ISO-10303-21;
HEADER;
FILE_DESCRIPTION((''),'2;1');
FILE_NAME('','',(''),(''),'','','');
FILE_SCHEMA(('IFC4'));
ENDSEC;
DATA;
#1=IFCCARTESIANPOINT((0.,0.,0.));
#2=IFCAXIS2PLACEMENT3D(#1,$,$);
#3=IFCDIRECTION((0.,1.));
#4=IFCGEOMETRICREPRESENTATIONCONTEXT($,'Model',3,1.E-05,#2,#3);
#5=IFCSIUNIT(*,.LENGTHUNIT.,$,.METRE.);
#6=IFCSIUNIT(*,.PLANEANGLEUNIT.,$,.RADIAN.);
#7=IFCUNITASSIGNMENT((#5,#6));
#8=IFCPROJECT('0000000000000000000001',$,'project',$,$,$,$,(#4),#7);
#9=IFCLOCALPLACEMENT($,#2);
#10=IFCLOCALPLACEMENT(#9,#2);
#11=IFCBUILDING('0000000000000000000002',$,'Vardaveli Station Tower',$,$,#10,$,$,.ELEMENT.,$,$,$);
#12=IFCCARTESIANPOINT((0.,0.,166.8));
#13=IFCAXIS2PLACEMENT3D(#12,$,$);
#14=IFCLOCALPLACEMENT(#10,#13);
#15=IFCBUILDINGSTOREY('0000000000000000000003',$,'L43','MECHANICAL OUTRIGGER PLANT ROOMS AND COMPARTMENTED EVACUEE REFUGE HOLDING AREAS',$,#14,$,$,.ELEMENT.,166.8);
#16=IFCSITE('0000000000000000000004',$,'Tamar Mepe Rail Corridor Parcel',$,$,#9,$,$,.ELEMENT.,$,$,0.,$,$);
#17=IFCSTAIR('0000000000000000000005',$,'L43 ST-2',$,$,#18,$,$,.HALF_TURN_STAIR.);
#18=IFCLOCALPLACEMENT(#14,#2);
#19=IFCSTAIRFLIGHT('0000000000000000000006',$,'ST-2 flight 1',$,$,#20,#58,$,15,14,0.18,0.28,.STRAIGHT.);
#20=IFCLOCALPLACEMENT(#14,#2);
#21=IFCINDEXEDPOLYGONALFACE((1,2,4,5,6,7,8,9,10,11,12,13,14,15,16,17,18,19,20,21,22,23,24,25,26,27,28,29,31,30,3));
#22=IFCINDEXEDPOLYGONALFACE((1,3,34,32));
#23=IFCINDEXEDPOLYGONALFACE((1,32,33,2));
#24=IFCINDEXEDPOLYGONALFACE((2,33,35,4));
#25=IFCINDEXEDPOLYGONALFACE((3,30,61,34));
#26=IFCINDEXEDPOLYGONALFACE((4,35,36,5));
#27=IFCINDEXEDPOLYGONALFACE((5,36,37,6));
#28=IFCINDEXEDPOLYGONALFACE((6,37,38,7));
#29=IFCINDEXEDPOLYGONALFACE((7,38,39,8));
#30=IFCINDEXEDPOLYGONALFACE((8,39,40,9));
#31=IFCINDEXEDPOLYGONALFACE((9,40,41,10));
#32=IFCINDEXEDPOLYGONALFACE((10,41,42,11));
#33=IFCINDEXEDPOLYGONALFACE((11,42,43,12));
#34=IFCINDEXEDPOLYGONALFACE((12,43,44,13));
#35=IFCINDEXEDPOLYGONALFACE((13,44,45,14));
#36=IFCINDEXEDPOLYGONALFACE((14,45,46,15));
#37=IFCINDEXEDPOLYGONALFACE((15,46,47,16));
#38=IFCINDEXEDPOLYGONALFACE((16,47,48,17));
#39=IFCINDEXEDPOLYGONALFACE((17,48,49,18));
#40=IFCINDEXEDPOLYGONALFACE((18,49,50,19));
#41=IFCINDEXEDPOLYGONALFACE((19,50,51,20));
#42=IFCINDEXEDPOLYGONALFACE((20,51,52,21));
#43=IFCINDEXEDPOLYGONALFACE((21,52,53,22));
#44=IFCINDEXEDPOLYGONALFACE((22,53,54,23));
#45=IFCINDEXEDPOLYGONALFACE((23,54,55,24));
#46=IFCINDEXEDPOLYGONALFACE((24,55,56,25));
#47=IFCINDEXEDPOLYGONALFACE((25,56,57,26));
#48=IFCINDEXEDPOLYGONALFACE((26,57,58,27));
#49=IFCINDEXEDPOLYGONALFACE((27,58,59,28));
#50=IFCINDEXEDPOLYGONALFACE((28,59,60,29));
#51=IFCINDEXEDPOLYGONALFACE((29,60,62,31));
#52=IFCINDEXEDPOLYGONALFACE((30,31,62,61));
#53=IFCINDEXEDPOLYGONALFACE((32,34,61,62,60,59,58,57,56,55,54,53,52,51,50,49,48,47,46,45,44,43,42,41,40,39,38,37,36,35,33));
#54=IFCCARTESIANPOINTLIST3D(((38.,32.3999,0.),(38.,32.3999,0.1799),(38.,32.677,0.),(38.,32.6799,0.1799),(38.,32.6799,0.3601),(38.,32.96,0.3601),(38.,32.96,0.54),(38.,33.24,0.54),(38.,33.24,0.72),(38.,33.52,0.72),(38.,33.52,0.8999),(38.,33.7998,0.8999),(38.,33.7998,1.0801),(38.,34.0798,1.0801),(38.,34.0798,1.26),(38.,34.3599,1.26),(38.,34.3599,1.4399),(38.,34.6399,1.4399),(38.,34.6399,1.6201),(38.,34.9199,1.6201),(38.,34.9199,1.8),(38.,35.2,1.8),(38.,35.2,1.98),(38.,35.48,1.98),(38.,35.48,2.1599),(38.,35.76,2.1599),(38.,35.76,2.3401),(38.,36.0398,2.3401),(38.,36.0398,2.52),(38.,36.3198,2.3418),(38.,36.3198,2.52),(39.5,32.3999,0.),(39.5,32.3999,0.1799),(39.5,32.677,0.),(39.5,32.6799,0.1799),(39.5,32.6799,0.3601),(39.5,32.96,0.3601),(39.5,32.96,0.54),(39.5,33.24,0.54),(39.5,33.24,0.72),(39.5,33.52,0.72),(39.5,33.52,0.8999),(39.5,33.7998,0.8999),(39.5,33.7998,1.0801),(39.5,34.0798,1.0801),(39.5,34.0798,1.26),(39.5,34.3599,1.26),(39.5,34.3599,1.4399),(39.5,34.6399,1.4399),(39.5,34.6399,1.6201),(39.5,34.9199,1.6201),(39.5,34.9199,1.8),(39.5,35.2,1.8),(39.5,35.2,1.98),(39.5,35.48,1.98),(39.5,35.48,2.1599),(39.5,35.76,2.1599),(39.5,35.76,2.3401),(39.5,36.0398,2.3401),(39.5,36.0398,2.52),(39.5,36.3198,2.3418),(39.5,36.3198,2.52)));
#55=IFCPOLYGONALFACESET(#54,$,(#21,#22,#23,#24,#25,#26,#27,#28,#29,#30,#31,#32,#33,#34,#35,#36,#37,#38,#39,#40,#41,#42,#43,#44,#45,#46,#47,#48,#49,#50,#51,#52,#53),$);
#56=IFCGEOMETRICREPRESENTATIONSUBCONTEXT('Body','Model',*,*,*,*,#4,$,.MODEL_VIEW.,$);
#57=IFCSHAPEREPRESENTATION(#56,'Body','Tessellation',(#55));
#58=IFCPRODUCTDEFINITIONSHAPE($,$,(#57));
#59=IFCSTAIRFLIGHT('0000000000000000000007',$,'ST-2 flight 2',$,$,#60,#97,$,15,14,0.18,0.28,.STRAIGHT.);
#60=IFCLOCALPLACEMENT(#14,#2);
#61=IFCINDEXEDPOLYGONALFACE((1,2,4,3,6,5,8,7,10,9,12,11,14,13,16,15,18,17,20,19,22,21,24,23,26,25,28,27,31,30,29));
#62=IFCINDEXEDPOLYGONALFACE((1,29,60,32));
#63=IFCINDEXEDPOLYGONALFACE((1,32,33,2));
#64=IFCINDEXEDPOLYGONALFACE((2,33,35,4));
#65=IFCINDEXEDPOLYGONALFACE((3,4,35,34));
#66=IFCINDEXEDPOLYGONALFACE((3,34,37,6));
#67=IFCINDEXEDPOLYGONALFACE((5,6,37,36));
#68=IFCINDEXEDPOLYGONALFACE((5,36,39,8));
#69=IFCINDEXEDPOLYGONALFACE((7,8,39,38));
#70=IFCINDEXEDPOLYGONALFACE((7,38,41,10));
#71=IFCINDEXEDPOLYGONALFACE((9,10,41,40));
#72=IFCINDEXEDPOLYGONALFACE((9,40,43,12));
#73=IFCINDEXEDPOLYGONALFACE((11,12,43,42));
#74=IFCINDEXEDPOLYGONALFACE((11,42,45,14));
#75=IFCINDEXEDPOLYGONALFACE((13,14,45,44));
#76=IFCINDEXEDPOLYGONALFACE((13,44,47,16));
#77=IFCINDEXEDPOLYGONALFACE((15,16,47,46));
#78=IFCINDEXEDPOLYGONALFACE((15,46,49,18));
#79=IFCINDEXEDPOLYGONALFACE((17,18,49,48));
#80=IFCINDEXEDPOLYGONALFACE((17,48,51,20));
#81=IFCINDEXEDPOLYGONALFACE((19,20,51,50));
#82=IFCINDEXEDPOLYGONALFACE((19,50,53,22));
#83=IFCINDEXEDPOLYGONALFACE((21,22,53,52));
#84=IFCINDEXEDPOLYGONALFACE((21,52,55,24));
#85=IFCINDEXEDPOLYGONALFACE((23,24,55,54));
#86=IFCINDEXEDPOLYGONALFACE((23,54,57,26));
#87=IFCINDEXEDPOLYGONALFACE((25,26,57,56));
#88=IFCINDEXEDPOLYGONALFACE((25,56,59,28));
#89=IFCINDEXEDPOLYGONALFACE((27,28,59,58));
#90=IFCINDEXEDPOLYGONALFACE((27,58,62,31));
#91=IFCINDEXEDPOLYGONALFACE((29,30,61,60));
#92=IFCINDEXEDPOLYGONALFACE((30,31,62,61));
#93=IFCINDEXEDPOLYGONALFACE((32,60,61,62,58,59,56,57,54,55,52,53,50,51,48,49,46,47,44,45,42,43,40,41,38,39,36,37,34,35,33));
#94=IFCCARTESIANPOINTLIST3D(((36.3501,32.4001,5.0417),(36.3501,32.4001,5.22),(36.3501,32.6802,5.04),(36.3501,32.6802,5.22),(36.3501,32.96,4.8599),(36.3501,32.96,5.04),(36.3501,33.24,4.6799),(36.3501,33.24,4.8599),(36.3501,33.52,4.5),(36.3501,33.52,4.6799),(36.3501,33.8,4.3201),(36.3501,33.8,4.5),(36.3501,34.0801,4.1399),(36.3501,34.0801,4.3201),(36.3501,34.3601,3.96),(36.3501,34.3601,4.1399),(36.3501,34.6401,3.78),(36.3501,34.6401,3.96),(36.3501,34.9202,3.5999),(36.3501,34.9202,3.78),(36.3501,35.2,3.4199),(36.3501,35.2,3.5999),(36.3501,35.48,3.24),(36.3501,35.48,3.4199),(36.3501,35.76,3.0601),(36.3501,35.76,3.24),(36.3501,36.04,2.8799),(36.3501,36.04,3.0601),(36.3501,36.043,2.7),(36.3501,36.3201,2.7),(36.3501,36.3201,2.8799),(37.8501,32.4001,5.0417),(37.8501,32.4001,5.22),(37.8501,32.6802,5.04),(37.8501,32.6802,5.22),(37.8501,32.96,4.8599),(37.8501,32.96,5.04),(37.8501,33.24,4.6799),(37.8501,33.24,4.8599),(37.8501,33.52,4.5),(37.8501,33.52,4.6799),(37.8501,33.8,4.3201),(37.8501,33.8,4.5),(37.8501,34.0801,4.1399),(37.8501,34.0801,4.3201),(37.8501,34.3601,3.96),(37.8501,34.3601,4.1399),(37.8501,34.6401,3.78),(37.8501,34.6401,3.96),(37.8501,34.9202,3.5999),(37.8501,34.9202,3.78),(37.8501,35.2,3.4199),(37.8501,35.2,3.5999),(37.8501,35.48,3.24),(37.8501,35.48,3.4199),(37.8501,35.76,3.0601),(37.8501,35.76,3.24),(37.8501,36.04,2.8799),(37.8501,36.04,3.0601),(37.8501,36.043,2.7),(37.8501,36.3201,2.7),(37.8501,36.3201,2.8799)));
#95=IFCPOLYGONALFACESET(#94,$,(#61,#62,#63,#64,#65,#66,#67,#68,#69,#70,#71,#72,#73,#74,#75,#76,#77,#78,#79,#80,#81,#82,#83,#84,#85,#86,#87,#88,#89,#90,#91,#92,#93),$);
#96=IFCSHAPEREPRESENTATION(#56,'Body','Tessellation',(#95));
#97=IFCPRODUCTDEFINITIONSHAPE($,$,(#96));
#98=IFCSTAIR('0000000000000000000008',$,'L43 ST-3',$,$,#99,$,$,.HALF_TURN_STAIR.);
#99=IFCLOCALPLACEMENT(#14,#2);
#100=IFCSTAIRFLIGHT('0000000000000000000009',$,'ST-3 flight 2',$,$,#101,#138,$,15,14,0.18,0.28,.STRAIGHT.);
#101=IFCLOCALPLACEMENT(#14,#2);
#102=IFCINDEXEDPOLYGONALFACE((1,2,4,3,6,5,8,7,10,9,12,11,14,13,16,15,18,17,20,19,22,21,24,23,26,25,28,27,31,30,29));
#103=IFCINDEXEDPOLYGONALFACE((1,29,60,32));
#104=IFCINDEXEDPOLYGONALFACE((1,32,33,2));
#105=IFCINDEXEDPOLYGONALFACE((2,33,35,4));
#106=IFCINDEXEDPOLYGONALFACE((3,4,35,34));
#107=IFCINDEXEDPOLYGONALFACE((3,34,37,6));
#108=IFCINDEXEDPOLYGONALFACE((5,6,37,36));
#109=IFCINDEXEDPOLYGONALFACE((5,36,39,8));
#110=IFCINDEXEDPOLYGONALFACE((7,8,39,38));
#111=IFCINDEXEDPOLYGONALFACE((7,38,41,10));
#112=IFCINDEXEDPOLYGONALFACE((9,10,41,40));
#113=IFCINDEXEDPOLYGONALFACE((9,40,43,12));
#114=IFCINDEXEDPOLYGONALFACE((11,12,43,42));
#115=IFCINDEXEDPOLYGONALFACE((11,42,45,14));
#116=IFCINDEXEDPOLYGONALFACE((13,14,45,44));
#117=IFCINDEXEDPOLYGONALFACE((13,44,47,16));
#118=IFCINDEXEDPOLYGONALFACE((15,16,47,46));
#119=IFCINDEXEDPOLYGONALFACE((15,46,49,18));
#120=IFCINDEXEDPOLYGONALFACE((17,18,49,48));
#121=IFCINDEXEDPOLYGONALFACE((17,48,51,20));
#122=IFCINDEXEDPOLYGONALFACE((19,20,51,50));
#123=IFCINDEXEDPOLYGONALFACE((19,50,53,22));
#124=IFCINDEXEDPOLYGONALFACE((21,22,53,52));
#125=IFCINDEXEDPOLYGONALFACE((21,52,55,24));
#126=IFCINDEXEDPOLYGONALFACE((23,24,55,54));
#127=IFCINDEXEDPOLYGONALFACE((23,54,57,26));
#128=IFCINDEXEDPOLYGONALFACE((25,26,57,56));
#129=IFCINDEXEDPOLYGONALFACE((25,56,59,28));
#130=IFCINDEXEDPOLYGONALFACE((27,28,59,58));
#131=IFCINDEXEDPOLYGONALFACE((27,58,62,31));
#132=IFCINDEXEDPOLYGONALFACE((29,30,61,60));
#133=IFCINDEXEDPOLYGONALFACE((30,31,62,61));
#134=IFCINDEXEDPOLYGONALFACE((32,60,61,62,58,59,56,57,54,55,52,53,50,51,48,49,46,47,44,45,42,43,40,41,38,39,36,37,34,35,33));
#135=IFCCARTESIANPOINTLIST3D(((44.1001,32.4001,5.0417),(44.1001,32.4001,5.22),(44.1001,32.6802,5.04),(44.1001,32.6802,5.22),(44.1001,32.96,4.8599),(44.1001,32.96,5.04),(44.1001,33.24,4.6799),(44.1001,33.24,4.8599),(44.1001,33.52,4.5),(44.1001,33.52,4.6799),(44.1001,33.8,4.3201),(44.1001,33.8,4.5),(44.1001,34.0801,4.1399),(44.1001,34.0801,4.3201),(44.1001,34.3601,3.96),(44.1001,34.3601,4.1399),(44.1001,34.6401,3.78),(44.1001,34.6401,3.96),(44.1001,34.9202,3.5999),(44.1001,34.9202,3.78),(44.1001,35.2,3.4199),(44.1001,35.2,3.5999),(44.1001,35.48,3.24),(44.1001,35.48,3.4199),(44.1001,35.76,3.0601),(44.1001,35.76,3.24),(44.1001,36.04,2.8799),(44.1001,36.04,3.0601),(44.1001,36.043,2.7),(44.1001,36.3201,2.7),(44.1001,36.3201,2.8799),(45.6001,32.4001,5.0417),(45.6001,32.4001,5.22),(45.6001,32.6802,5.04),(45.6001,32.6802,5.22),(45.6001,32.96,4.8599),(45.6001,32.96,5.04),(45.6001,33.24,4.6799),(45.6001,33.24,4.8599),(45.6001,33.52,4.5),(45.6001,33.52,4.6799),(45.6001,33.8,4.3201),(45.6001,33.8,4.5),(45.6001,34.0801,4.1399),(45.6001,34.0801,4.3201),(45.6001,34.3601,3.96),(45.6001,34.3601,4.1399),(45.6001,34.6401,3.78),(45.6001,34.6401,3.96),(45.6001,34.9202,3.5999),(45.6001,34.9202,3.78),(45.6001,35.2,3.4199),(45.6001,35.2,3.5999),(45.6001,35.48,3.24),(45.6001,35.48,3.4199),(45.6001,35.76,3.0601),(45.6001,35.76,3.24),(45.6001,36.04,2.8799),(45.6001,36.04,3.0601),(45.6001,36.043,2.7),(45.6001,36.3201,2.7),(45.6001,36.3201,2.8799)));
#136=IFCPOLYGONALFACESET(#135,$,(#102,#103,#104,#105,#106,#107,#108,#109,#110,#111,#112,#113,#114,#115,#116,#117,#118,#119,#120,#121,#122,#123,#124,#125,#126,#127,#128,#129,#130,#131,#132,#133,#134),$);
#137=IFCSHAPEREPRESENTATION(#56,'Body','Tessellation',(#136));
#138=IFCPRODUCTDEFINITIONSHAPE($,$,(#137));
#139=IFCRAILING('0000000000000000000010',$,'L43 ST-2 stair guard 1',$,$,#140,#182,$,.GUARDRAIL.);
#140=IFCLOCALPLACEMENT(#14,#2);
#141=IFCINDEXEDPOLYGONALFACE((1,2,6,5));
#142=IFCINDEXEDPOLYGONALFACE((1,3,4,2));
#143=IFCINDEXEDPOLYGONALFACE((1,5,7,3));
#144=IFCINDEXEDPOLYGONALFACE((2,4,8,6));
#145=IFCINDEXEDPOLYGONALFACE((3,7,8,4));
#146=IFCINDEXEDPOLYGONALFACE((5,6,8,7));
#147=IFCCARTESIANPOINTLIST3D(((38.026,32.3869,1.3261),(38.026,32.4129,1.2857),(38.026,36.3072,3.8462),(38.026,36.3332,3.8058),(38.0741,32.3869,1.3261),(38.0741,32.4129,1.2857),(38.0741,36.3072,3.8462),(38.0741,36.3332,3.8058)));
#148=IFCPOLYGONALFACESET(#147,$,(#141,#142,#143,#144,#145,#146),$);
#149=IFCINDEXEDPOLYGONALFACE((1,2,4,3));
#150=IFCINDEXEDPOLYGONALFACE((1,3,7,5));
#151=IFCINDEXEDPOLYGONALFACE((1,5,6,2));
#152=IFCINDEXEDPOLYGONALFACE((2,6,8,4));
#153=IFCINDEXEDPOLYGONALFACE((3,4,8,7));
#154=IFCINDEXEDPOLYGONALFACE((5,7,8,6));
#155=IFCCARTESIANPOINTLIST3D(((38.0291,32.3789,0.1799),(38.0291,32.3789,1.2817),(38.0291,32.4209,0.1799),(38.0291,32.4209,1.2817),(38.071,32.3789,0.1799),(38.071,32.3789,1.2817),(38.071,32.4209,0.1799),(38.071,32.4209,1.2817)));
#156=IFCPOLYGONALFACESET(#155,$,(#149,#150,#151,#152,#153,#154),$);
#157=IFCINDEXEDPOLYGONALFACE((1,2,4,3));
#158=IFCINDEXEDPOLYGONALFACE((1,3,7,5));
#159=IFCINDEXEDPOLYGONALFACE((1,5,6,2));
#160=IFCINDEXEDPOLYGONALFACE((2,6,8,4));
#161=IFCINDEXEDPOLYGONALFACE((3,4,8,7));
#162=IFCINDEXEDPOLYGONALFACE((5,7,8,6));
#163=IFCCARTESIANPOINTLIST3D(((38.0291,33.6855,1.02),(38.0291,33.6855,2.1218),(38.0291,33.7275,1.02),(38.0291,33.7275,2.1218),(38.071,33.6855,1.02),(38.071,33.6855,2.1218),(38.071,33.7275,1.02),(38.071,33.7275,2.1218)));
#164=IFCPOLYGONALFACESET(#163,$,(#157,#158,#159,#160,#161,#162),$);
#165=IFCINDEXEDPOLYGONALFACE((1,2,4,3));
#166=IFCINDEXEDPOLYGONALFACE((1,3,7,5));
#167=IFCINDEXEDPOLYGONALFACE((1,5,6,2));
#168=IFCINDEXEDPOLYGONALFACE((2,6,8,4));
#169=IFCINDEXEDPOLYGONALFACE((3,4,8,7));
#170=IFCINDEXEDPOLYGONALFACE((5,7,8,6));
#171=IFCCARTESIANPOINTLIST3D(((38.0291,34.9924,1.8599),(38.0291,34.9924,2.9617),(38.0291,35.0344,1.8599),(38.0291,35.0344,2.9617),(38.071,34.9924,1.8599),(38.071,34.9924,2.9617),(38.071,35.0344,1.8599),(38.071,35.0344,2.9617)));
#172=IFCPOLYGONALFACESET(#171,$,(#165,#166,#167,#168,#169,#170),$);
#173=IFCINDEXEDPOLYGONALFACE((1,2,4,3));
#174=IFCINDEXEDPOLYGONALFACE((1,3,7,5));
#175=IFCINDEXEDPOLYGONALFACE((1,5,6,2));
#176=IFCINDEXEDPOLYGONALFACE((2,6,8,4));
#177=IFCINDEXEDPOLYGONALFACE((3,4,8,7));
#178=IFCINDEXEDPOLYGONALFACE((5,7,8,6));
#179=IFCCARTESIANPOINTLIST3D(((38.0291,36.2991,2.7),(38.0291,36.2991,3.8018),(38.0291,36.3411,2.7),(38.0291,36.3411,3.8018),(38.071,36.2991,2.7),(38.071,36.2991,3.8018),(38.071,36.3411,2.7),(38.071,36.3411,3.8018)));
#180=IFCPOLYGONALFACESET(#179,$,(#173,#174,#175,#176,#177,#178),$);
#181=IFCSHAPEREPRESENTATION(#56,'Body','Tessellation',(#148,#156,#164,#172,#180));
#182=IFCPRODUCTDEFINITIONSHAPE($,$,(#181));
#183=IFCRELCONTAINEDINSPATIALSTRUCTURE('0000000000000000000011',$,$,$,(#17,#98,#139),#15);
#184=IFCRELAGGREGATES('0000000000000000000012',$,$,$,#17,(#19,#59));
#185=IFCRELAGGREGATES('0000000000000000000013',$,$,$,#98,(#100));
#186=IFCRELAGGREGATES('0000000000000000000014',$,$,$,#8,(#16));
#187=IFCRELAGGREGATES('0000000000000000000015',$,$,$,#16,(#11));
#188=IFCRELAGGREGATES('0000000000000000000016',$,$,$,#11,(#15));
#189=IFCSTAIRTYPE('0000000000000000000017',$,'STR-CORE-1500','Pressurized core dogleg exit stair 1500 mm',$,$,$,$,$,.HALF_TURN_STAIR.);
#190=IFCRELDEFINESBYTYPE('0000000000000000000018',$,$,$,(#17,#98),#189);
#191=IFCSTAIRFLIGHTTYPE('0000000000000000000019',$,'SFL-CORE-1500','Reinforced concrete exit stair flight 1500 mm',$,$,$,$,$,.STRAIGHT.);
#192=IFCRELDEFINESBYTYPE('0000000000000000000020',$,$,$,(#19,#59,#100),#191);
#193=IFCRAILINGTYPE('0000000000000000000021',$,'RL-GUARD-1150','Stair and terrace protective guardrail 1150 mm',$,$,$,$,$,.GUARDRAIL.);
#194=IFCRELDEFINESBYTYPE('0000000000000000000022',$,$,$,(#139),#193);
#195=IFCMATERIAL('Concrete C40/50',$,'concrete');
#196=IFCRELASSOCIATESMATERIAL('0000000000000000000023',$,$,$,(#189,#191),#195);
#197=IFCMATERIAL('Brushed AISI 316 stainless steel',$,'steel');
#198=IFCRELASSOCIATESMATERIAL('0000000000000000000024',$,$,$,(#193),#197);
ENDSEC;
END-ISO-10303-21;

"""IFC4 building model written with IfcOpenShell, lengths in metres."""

from ifc_helpers import new_model, si_unit, direction, frame, origin, origin_2d, place, context, subcontext, project, spatial, polyline, rectangle, outline, extrude, source, transform, mapped, material, type_object, element, aggregate, save


model = new_model("IFC4")

# Units and contexts
model_context = context("Model", 3, precision=1e-05, world=origin(), true_north=direction((0.0, 1.0)))
body_context = subcontext(model_context, "Body", "Model", "MODEL_VIEW")
ifc_project = project(units=[si_unit("LENGTHUNIT", "METRE"), si_unit("PLANEANGLEUNIT", "RADIAN")], contexts=[model_context])

# Site, building, storey
site_placement = place(None, origin())
site = spatial("IfcSite", under=ifc_project, at=site_placement, Name="Tamar Mepe Rail Corridor Parcel", CompositionType="ELEMENT", RefElevation=0.0)
building_placement = place(site_placement, origin())
building = spatial("IfcBuilding", under=site, at=building_placement, Name="Vardaveli Station Tower", CompositionType="ELEMENT")
storey_placement = place(building_placement, frame((0.0, 0.0, 166.8)))
storey = spatial("IfcBuildingStorey", under=building, at=storey_placement, Name="L43", Description="MECHANICAL OUTRIGGER PLANT ROOMS AND COMPARTMENTED EVACUEE REFUGE HOLDING AREAS", CompositionType="ELEMENT", Elevation=166.8)

# Shared definitions
ifc_material_1 = material(Name="Concrete C40/50", Category="concrete")

# Stair, stair flights
stair_type = type_object("IfcStairType", Name="STR-CORE-1500", Description="Pressurized core dogleg exit stair 1500 mm", PredefinedType="HALF_TURN_STAIR", material=ifc_material_1)
stair_1_placement = place(storey_placement, origin())
stair_1 = element("IfcStair", 1, at=stair_1_placement, inside=storey, type_object=stair_type, Name="L43 ST-2", PredefinedType="HALF_TURN_STAIR")
stair_flight_type = type_object("IfcStairFlightType", Name="SFL-CORE-1500", Description="Reinforced concrete exit stair flight 1500 mm", PredefinedType="STRAIGHT", material=ifc_material_1)
shared_shape_1 = source(origin(), body_context, "Body", "SweptSolid", [
    extrude(outline(polyline([(0.0, 0.0), (0.0, 0.1799), (0.28, 0.1799), (0.28, 0.3601), (0.5601, 0.3601), (0.5601, 0.54), (0.8401, 0.54), (0.8401, 0.72), (1.1201, 0.72), (1.1201, 0.8999), (1.3999, 0.8999), (1.3999, 1.0801), (1.6799, 1.0801), (1.6799, 1.26), (1.96, 1.26), (1.96, 1.4399), (2.24, 1.4399), (2.24, 1.6201), (2.52, 1.6201), (2.52, 1.8), (2.8, 1.8), (2.8, 1.98), (3.0801, 1.98), (3.0801, 2.1599), (3.3601, 2.1599), (3.3601, 2.3401), (3.6399, 2.3401), (3.6399, 2.52), (3.9199, 2.52), (3.9199, 2.7), (3.9199, 2.3418), (0.2771, 0.0), (0.0, 0.0)])), frame((0.0, 0.75, 0.0), z_axis=(0.0, -1.0, 0.0), x_axis=(1.0, 0.0, 0.0)), (0.0, 0.0, 1.0), 1.5),
])
stair_flight_1_placement = place(storey_placement, frame((38.75, 32.3999, 0.0), z_axis=(0.0, 0.0, 1.0), x_axis=(0.0, 1.0, 0.0)))
stair_flight_1 = element("IfcStairFlight", 2, at=stair_flight_1_placement, type_object=stair_flight_type, Name="ST-2 flight 1", NumberOfRisers=15, NumberOfTreads=14, PredefinedType="STRAIGHT", RiserHeight=0.18, TreadLength=0.28, context=body_context, shape_type="MappedRepresentation", body=[
    mapped(shared_shape_1, transform((0.0, 0.0, 0.0), scale=1.0)),
])
stair_flight_2_placement = place(storey_placement, frame((37.1001, 36.3201, 2.7), z_axis=(0.0, 0.0, 1.0), x_axis=(0.0, -1.0, 0.0)))
stair_flight_2 = element("IfcStairFlight", 3, at=stair_flight_2_placement, type_object=stair_flight_type, Name="ST-2 flight 2", NumberOfRisers=15, NumberOfTreads=14, PredefinedType="STRAIGHT", RiserHeight=0.18, TreadLength=0.28, context=body_context, shape_type="MappedRepresentation", body=[
    mapped(shared_shape_1, transform((0.0, 0.0, 0.0), scale=1.0)),
])
aggregate(stair_1, [stair_flight_1, stair_flight_2])

# Stair, stair flight
stair_2_placement = place(storey_placement, origin())
stair_2 = element("IfcStair", 4, at=stair_2_placement, inside=storey, type_object=stair_type, Name="L43 ST-3", PredefinedType="HALF_TURN_STAIR")
stair_flight_3_placement = place(storey_placement, frame((44.8501, 36.3201, 2.7), z_axis=(0.0, 0.0, 1.0), x_axis=(0.0, -1.0, 0.0)))
stair_flight_3 = element("IfcStairFlight", 5, at=stair_flight_3_placement, type_object=stair_flight_type, Name="ST-3 flight 2", NumberOfRisers=15, NumberOfTreads=14, PredefinedType="STRAIGHT", RiserHeight=0.18, TreadLength=0.28, context=body_context, shape_type="MappedRepresentation", body=[
    mapped(shared_shape_1, transform((0.0, 0.0, 0.0), scale=1.0)),
])
aggregate(stair_2, [stair_flight_3])

# Railing
ifc_material_2 = material(Name="Brushed AISI 316 stainless steel", Category="steel")
railing_type_1 = type_object("IfcRailingType", Name="RL-GUARD-1150", Description="Stair and terrace protective guardrail 1150 mm", PredefinedType="GUARDRAIL", material=ifc_material_2)
shared_shape_2 = source(origin(), body_context, "Body", "SweptSolid", [
    extrude(rectangle(XDim=0.0481, YDim=0.0481, at=origin_2d()), frame((0.0, 0.0, 1.126), z_axis=(0.0, 0.841187, 0.540744), x_axis=(-1.0, 0.0, 0.0)), (0.0, 0.0, 1.0), 4.6604),
    extrude(rectangle(XDim=0.042, YDim=0.042, at=origin_2d()), origin(), (0.0, 0.0, 1.0), 1.1018),
    extrude(rectangle(XDim=0.042, YDim=0.042, at=origin_2d()), frame((0.0, 1.3066, 0.8401)), (0.0, 0.0, 1.0), 1.1018),
    extrude(rectangle(XDim=0.042, YDim=0.042, at=origin_2d()), frame((0.0, 2.6135, 1.6799)), (0.0, 0.0, 1.0), 1.1018),
    extrude(rectangle(XDim=0.042, YDim=0.042, at=origin_2d()), frame((0.0, 3.9202, 2.52)), (0.0, 0.0, 1.0), 1.1018),
])
railing_1_placement = place(storey_placement, frame((38.05, 32.3999, 0.1799)))
element("IfcRailing", 6, at=railing_1_placement, inside=storey, type_object=railing_type_1, Name="L43 ST-2 stair guard 1", PredefinedType="GUARDRAIL", context=body_context, shape_type="MappedRepresentation", body=[
    mapped(shared_shape_2, transform((0.0, 0.0, 0.0), scale=1.0)),
])

save(model, "model.ifc")
